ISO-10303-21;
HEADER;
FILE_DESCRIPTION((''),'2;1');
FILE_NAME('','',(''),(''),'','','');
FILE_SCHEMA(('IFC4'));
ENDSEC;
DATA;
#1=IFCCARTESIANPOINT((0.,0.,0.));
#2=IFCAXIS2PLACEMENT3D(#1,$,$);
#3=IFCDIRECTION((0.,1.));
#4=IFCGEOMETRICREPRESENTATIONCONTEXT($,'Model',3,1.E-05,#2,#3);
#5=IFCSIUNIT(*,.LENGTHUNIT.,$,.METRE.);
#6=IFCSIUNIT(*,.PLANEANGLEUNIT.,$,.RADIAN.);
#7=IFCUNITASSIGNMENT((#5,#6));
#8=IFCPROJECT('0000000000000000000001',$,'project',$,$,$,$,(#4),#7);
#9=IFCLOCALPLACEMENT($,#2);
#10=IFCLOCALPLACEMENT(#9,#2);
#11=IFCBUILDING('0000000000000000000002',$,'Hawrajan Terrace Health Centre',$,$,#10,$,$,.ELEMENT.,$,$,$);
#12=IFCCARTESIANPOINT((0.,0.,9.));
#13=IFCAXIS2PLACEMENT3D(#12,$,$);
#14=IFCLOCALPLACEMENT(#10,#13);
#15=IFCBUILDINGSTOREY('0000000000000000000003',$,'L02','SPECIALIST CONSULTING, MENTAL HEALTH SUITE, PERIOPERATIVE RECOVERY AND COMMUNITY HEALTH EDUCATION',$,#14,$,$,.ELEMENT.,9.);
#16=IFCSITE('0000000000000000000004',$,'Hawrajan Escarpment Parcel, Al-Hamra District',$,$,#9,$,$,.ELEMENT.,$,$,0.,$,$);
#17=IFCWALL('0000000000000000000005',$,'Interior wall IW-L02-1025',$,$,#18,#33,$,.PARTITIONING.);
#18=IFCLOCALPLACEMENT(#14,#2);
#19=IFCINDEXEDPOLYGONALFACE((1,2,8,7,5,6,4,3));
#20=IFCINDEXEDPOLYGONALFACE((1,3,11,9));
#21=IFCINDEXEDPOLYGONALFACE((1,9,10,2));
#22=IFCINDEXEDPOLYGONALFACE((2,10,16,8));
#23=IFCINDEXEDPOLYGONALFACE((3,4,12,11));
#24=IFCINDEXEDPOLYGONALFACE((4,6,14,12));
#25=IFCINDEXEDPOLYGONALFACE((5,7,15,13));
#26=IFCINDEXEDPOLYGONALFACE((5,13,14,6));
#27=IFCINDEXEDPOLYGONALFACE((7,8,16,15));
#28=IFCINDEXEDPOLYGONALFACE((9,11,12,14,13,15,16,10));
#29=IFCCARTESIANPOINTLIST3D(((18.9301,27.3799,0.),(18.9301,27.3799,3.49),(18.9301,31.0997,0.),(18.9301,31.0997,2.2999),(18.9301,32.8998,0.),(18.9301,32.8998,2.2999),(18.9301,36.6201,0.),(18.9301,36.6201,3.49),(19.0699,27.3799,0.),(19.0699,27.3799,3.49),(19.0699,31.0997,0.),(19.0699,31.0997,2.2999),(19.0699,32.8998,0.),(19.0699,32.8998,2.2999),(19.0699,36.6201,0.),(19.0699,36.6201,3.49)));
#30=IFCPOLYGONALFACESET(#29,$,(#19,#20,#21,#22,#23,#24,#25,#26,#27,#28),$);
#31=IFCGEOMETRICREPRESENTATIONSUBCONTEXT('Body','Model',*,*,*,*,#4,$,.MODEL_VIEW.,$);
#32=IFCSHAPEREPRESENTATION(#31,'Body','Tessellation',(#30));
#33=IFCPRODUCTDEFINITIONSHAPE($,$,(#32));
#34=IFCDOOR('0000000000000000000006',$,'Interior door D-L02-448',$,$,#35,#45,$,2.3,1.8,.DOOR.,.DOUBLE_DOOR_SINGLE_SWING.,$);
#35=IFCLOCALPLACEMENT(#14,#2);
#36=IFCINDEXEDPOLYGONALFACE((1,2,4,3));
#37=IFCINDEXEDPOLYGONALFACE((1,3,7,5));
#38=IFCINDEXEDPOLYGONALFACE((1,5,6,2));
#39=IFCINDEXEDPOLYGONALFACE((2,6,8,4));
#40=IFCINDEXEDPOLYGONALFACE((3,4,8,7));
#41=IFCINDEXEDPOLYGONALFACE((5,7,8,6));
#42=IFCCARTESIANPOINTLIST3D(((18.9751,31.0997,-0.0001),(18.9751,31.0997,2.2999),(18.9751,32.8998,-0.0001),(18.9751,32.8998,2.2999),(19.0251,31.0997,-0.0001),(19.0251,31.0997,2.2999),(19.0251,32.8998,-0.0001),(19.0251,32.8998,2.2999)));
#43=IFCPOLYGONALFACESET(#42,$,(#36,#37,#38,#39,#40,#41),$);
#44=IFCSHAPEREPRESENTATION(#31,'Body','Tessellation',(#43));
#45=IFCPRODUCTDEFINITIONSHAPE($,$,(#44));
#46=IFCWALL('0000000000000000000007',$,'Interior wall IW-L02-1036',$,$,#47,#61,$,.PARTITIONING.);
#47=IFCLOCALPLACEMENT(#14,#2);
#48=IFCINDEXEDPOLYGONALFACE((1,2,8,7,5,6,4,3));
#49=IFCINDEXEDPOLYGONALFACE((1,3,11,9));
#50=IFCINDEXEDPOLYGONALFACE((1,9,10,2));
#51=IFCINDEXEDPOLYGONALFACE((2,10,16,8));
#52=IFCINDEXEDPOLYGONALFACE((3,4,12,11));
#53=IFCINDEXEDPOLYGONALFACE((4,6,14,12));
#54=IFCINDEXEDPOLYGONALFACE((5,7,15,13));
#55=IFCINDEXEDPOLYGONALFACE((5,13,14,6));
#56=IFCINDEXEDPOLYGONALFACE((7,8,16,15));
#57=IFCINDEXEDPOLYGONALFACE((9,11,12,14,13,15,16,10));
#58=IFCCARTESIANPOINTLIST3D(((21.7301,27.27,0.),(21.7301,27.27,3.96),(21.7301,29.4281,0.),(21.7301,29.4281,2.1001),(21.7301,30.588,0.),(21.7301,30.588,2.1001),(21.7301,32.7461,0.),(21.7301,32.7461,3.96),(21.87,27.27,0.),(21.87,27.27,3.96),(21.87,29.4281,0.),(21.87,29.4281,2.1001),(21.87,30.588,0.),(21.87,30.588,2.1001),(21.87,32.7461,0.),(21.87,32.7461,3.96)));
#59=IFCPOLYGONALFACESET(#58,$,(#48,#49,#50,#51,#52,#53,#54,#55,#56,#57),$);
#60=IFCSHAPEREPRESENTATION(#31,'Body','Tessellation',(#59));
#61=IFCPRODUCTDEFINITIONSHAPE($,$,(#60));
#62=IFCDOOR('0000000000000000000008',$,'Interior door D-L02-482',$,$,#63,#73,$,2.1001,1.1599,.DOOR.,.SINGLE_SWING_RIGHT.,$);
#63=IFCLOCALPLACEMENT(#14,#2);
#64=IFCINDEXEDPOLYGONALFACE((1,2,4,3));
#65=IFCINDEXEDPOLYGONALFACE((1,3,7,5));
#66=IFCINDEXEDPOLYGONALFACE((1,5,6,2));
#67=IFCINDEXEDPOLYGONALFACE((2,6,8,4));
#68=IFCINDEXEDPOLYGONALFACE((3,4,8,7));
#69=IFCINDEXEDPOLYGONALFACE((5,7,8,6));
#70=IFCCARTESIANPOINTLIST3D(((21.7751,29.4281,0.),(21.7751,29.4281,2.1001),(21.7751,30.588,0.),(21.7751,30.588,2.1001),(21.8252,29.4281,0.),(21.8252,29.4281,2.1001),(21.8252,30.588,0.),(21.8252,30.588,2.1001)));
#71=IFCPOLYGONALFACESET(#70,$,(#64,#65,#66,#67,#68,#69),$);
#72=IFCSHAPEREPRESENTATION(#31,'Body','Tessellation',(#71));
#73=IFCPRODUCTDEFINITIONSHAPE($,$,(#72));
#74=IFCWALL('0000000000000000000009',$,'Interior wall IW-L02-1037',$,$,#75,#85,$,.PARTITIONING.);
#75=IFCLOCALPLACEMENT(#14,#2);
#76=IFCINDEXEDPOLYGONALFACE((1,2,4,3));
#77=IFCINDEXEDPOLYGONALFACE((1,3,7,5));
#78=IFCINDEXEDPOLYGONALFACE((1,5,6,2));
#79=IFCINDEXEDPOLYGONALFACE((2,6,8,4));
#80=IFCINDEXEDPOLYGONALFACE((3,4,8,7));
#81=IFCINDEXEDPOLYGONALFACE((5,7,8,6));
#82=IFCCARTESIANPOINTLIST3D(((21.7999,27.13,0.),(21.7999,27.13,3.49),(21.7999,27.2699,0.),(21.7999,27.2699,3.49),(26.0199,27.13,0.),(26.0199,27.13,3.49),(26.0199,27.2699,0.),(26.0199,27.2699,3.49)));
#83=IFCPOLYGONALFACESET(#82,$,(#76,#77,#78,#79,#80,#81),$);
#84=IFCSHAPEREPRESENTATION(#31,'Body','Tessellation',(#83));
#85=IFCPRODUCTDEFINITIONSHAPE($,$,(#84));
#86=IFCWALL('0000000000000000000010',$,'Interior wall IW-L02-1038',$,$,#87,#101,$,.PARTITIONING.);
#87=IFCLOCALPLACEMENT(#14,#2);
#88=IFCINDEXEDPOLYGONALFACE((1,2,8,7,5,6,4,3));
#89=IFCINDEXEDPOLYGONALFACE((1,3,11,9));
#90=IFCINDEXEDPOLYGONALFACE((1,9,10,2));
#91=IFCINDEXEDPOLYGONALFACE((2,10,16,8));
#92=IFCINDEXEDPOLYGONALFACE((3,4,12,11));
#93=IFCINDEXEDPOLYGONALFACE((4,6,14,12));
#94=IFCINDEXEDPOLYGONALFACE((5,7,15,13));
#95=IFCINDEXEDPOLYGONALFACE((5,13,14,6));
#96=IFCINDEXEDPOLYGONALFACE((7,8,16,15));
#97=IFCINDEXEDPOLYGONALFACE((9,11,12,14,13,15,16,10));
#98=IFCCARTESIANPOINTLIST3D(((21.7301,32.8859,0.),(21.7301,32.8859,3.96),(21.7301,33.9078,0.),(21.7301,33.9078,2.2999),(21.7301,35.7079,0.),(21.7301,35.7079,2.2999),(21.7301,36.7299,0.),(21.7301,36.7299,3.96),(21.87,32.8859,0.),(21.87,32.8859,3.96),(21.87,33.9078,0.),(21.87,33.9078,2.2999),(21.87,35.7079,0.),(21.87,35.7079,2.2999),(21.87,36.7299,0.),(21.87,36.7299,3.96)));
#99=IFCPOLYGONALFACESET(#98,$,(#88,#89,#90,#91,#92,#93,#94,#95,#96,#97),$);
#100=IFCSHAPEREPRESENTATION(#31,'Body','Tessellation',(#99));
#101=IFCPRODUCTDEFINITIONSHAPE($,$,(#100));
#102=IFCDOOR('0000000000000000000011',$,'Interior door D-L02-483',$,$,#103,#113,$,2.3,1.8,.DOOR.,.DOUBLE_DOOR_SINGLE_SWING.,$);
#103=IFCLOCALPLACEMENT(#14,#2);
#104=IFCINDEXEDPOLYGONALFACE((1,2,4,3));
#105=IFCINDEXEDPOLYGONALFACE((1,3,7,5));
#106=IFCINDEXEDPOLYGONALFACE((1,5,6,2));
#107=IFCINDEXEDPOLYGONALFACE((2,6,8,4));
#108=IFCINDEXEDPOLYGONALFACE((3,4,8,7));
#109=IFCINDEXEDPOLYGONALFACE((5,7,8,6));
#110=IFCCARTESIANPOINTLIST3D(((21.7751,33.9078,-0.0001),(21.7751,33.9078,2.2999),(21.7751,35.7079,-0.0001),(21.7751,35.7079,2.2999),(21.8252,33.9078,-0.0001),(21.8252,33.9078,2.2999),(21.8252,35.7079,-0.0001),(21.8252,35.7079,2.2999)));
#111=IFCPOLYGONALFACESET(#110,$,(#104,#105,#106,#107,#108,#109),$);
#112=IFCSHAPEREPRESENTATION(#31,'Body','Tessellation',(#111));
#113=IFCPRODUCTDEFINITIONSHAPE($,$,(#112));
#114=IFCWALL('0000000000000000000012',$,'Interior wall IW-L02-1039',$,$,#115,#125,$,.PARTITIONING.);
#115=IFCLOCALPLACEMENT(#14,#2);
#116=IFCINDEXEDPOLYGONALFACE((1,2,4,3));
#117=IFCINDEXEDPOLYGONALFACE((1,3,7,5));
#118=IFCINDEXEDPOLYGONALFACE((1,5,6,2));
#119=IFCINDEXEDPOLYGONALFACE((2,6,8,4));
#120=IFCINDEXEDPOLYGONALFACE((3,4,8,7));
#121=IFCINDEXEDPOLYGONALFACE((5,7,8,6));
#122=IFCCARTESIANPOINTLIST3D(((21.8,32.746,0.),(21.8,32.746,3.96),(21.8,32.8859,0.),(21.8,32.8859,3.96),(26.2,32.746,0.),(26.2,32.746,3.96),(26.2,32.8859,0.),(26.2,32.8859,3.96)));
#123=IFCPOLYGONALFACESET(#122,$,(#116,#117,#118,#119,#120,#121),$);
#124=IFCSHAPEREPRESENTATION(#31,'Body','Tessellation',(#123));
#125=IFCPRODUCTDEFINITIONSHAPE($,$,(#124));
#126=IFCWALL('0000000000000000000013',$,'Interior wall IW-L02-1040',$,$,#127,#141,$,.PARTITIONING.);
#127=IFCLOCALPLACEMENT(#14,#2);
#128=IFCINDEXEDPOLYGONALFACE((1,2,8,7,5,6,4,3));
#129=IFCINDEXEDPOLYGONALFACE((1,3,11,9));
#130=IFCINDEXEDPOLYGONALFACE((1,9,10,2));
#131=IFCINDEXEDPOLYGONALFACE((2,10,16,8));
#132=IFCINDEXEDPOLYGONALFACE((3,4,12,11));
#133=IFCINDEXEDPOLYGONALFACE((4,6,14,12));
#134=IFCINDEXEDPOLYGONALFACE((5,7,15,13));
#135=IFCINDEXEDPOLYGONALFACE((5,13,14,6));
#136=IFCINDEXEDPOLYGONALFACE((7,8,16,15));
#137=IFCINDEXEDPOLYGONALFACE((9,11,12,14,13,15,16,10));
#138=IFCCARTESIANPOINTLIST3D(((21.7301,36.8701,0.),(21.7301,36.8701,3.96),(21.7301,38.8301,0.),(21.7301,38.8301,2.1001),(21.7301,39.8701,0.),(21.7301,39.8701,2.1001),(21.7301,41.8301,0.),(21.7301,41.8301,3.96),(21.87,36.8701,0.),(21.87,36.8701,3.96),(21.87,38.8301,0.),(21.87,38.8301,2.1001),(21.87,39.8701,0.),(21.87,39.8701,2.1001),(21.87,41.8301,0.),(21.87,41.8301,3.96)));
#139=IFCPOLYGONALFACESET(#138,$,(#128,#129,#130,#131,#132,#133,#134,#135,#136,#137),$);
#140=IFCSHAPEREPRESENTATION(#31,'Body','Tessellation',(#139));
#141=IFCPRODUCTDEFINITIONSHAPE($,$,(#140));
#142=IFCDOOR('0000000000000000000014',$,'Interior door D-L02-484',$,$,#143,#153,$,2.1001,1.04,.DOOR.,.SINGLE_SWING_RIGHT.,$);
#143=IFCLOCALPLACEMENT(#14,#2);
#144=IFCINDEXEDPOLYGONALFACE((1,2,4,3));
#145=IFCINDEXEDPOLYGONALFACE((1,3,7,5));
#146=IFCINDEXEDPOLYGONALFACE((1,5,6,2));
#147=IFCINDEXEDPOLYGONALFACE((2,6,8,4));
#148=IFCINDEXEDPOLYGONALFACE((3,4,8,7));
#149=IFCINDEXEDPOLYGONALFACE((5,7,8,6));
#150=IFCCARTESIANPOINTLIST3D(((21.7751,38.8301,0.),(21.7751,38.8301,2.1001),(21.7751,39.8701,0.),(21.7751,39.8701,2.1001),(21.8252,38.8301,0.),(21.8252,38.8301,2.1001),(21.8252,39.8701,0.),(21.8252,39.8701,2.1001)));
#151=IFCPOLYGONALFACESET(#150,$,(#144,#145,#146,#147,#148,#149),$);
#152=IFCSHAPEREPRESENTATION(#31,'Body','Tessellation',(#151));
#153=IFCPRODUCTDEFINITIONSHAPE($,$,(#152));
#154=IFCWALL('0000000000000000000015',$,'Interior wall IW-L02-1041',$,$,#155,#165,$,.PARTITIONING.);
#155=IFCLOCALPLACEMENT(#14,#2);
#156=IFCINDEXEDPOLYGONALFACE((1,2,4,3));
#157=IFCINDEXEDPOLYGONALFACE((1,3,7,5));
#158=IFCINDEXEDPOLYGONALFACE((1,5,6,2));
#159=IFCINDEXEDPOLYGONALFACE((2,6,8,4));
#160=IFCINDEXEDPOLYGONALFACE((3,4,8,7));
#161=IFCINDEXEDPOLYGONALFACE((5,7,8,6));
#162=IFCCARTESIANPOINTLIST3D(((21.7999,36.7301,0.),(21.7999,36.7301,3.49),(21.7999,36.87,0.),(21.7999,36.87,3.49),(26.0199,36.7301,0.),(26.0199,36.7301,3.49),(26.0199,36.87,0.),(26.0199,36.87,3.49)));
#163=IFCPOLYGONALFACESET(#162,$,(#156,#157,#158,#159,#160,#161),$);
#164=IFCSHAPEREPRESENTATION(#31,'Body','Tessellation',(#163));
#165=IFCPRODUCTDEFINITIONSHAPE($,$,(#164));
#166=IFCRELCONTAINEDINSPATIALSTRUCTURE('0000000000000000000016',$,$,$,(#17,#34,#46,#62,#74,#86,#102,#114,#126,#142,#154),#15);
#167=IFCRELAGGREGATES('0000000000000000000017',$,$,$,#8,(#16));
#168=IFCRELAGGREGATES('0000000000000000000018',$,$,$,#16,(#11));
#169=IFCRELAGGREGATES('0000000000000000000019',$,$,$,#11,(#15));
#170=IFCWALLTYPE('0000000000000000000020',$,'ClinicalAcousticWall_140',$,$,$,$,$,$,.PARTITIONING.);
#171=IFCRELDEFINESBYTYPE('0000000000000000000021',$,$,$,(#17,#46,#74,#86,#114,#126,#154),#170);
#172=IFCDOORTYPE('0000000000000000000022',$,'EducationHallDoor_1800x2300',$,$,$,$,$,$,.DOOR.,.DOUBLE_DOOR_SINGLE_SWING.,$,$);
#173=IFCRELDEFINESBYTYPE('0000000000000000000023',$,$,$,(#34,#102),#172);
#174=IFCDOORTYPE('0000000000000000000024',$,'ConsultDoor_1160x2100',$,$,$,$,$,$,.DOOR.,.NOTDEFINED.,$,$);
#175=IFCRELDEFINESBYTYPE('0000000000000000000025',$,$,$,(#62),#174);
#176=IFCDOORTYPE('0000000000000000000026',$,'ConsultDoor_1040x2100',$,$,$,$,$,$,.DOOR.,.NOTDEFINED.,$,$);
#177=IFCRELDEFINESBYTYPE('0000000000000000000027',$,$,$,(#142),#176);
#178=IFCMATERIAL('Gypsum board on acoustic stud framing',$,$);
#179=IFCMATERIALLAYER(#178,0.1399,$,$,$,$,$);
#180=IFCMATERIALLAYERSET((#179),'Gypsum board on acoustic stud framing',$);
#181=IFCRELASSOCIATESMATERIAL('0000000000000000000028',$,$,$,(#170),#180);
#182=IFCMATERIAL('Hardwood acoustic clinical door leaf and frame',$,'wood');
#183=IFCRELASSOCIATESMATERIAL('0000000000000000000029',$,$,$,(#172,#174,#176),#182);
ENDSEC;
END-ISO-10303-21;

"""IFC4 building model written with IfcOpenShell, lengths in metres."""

from ifc_helpers import new_model, si_unit, direction, frame, frame_2d, origin, place, context, subcontext, project, spatial, rectangle, extrude, material, layer, layer_set, type_object, element, fill, save


model = new_model("IFC4")

# Units and contexts
model_context = context("Model", 3, precision=1e-05, world=origin(), true_north=direction((0.0, 1.0)))
body_context = subcontext(model_context, "Body", "Model", "MODEL_VIEW")
ifc_project = project(units=[si_unit("LENGTHUNIT", "METRE"), si_unit("PLANEANGLEUNIT", "RADIAN")], contexts=[model_context])

# Site, building, storey
site_placement = place(None, origin())
site = spatial("IfcSite", under=ifc_project, at=site_placement, Name="Hawrajan Escarpment Parcel, Al-Hamra District", CompositionType="ELEMENT", RefElevation=0.0)
building_placement = place(site_placement, origin())
building = spatial("IfcBuilding", under=site, at=building_placement, Name="Hawrajan Terrace Health Centre", CompositionType="ELEMENT")
storey_placement = place(building_placement, frame((0.0, 0.0, 9.0)))
storey = spatial("IfcBuildingStorey", under=building, at=storey_placement, Name="L02", Description="SPECIALIST CONSULTING, MENTAL HEALTH SUITE, PERIOPERATIVE RECOVERY AND COMMUNITY HEALTH EDUCATION", CompositionType="ELEMENT", Elevation=9.0)

# Walls, openings, doors
ifc_material_1 = material(Name="Gypsum board on acoustic stud framing")
ifc_layer_1 = layer(ifc_material_1, 0.1399)
ifc_layer_set_1 = layer_set([ifc_layer_1], Name="Gypsum board on acoustic stud framing")
wall_type_1 = type_object("IfcWallType", Name="ClinicalAcousticWall_140", PredefinedType="PARTITIONING", material=ifc_layer_set_1)
wall_1_placement = place(storey_placement, frame((19.0, 27.3799, 0.0), z_axis=(0.0, 0.0, 1.0), x_axis=(0.0, 1.0, 0.0)))
wall_1 = element("IfcWall", 1, at=wall_1_placement, inside=storey, type_object=wall_type_1, Name="Interior wall IW-L02-1025", PredefinedType="PARTITIONING", context=body_context, shape_type="SweptSolid", body=[
    extrude(rectangle(XDim=9.2402, YDim=0.1399, at=frame_2d((4.6201, 0.0))), origin(), (0.0, 0.0, 1.0), 3.49),
])
opening_1_placement = place(wall_1_placement, frame((3.72, 0.0, 0.0)))
opening_1 = element("IfcOpeningElement", 2, at=opening_1_placement, cuts=wall_1, PredefinedType="OPENING", context=body_context, shape_type="SweptSolid", body=[
    extrude(rectangle(XDim=1.8, YDim=2.3, at=frame_2d((0.8999, 1.1499))), frame((0.0, 0.0798, 0.0), z_axis=(0.0, -1.0, 0.0), x_axis=(1.0, 0.0, 0.0)), (0.0, 0.0, 1.0), 0.1599),
])
ifc_material_2 = material(Name="Hardwood acoustic clinical door leaf and frame", Category="wood")
door_type_1 = type_object("IfcDoorType", Name="EducationHallDoor_1800x2300", OperationType="DOUBLE_DOOR_SINGLE_SWING", PredefinedType="DOOR", material=ifc_material_2)
door_1_placement = place(opening_1_placement, origin())
door_1 = element("IfcDoor", 3, at=door_1_placement, inside=storey, type_object=door_type_1, Name="Interior door D-L02-448", OperationType="DOUBLE_DOOR_SINGLE_SWING", OverallHeight=2.3, OverallWidth=1.8, PredefinedType="DOOR", context=body_context, shape_type="SweptSolid", body=[
    extrude(rectangle(XDim=1.8, YDim=2.3, at=frame_2d((0.8999, 1.1499))), frame((0.0, 0.0249, 0.0), z_axis=(0.0, -1.0, 0.0), x_axis=(1.0, 0.0, 0.0)), (0.0, 0.0, 1.0), 0.05),
])
fill(opening_1, door_1)
wall_2_placement = place(storey_placement, frame((21.8, 27.27, 0.0), z_axis=(0.0, 0.0, 1.0), x_axis=(0.0, 1.0, 0.0)))
wall_2 = element("IfcWall", 4, at=wall_2_placement, inside=storey, type_object=wall_type_1, Name="Interior wall IW-L02-1036", PredefinedType="PARTITIONING", context=body_context, shape_type="SweptSolid", body=[
    extrude(rectangle(XDim=5.4761, YDim=0.1399, at=frame_2d((2.738, 0.0))), origin(), (0.0, 0.0, 1.0), 3.96),
])
opening_2_placement = place(wall_2_placement, frame((2.158, 0.0, 0.0)))
opening_2 = element("IfcOpeningElement", 5, at=opening_2_placement, cuts=wall_2, PredefinedType="OPENING", context=body_context, shape_type="SweptSolid", body=[
    extrude(rectangle(XDim=1.1599, YDim=2.1001, at=frame_2d((0.5801, 1.05))), frame((0.0, 0.0798, 0.0), z_axis=(0.0, -1.0, 0.0), x_axis=(1.0, 0.0, 0.0)), (0.0, 0.0, 1.0), 0.1599),
])
door_type_2 = type_object("IfcDoorType", Name="ConsultDoor_1160x2100", OperationType="NOTDEFINED", PredefinedType="DOOR", material=ifc_material_2)
door_2_placement = place(opening_2_placement, origin())
door_2 = element("IfcDoor", 6, at=door_2_placement, inside=storey, type_object=door_type_2, Name="Interior door D-L02-482", OperationType="SINGLE_SWING_RIGHT", OverallHeight=2.1001, OverallWidth=1.1599, PredefinedType="DOOR", context=body_context, shape_type="SweptSolid", body=[
    extrude(rectangle(XDim=1.1599, YDim=2.1001, at=frame_2d((0.5801, 1.05))), frame((0.0, 0.0249, 0.0), z_axis=(0.0, -1.0, 0.0), x_axis=(1.0, 0.0, 0.0)), (0.0, 0.0, 1.0), 0.05),
])
fill(opening_2, door_2)

# Wall
wall_3_placement = place(storey_placement, frame((21.8, 27.2, 0.0), z_axis=(0.0, 0.0, 1.0), x_axis=(1.0, 0.0, 0.0)))
element("IfcWall", 7, at=wall_3_placement, inside=storey, type_object=wall_type_1, Name="Interior wall IW-L02-1037", PredefinedType="PARTITIONING", context=body_context, shape_type="SweptSolid", body=[
    extrude(rectangle(XDim=4.22, YDim=0.1399, at=frame_2d((2.1099, 0.0))), origin(), (0.0, 0.0, 1.0), 3.49),
])

# Wall, opening, door
wall_4_placement = place(storey_placement, frame((21.8, 32.886, 0.0), z_axis=(0.0, 0.0, 1.0), x_axis=(0.0, 1.0, 0.0)))
wall_4 = element("IfcWall", 8, at=wall_4_placement, inside=storey, type_object=wall_type_1, Name="Interior wall IW-L02-1038", PredefinedType="PARTITIONING", context=body_context, shape_type="SweptSolid", body=[
    extrude(rectangle(XDim=3.844, YDim=0.1399, at=frame_2d((1.9219, 0.0))), origin(), (0.0, 0.0, 1.0), 3.96),
])
opening_3_placement = place(wall_4_placement, frame((1.022, 0.0, 0.0)))
opening_3 = element("IfcOpeningElement", 9, at=opening_3_placement, cuts=wall_4, PredefinedType="OPENING", context=body_context, shape_type="SweptSolid", body=[
    extrude(rectangle(XDim=1.8, YDim=2.3, at=frame_2d((0.8999, 1.1499))), frame((0.0, 0.0798, 0.0), z_axis=(0.0, -1.0, 0.0), x_axis=(1.0, 0.0, 0.0)), (0.0, 0.0, 1.0), 0.1599),
])
door_3_placement = place(opening_3_placement, origin())
door_3 = element("IfcDoor", 10, at=door_3_placement, inside=storey, type_object=door_type_1, Name="Interior door D-L02-483", OperationType="DOUBLE_DOOR_SINGLE_SWING", OverallHeight=2.3, OverallWidth=1.8, PredefinedType="DOOR", context=body_context, shape_type="SweptSolid", body=[
    extrude(rectangle(XDim=1.8, YDim=2.3, at=frame_2d((0.8999, 1.1499))), frame((0.0, 0.0249, 0.0), z_axis=(0.0, -1.0, 0.0), x_axis=(1.0, 0.0, 0.0)), (0.0, 0.0, 1.0), 0.05),
])
fill(opening_3, door_3)

# Wall
wall_5_placement = place(storey_placement, frame((21.8, 32.8159, 0.0), z_axis=(0.0, 0.0, 1.0), x_axis=(1.0, 0.0, 0.0)))
element("IfcWall", 11, at=wall_5_placement, inside=storey, type_object=wall_type_1, Name="Interior wall IW-L02-1039", PredefinedType="PARTITIONING", context=body_context, shape_type="SweptSolid", body=[
    extrude(rectangle(XDim=4.3999, YDim=0.1399, at=frame_2d((2.2, 0.0))), origin(), (0.0, 0.0, 1.0), 3.96),
])

# Wall, opening, door
wall_6_placement = place(storey_placement, frame((21.8, 36.8701, 0.0), z_axis=(0.0, 0.0, 1.0), x_axis=(0.0, 1.0, 0.0)))
wall_6 = element("IfcWall", 12, at=wall_6_placement, inside=storey, type_object=wall_type_1, Name="Interior wall IW-L02-1040", PredefinedType="PARTITIONING", context=body_context, shape_type="SweptSolid", body=[
    extrude(rectangle(XDim=4.96, YDim=0.1399, at=frame_2d((2.48, 0.0))), origin(), (0.0, 0.0, 1.0), 3.96),
])
opening_4_placement = place(wall_6_placement, frame((1.96, 0.0, 0.0)))
opening_4 = element("IfcOpeningElement", 13, at=opening_4_placement, cuts=wall_6, PredefinedType="OPENING", context=body_context, shape_type="SweptSolid", body=[
    extrude(rectangle(XDim=1.04, YDim=2.1001, at=frame_2d((0.52, 1.05))), frame((0.0, 0.0798, 0.0), z_axis=(0.0, -1.0, 0.0), x_axis=(1.0, 0.0, 0.0)), (0.0, 0.0, 1.0), 0.1599),
])
door_type_3 = type_object("IfcDoorType", Name="ConsultDoor_1040x2100", OperationType="NOTDEFINED", PredefinedType="DOOR", material=ifc_material_2)
door_4_placement = place(opening_4_placement, origin())
door_4 = element("IfcDoor", 14, at=door_4_placement, inside=storey, type_object=door_type_3, Name="Interior door D-L02-484", OperationType="SINGLE_SWING_RIGHT", OverallHeight=2.1001, OverallWidth=1.04, PredefinedType="DOOR", context=body_context, shape_type="SweptSolid", body=[
    extrude(rectangle(XDim=1.04, YDim=2.1001, at=frame_2d((0.52, 1.05))), frame((0.0, 0.0249, 0.0), z_axis=(0.0, -1.0, 0.0), x_axis=(1.0, 0.0, 0.0)), (0.0, 0.0, 1.0), 0.05),
])
fill(opening_4, door_4)

# Wall
wall_7_placement = place(storey_placement, frame((21.8, 36.8, 0.0), z_axis=(0.0, 0.0, 1.0), x_axis=(1.0, 0.0, 0.0)))
element("IfcWall", 15, at=wall_7_placement, inside=storey, type_object=wall_type_1, Name="Interior wall IW-L02-1041", PredefinedType="PARTITIONING", context=body_context, shape_type="SweptSolid", body=[
    extrude(rectangle(XDim=4.22, YDim=0.1399, at=frame_2d((2.1099, 0.0))), origin(), (0.0, 0.0, 1.0), 3.49),
])

save(model, "model.ifc")
